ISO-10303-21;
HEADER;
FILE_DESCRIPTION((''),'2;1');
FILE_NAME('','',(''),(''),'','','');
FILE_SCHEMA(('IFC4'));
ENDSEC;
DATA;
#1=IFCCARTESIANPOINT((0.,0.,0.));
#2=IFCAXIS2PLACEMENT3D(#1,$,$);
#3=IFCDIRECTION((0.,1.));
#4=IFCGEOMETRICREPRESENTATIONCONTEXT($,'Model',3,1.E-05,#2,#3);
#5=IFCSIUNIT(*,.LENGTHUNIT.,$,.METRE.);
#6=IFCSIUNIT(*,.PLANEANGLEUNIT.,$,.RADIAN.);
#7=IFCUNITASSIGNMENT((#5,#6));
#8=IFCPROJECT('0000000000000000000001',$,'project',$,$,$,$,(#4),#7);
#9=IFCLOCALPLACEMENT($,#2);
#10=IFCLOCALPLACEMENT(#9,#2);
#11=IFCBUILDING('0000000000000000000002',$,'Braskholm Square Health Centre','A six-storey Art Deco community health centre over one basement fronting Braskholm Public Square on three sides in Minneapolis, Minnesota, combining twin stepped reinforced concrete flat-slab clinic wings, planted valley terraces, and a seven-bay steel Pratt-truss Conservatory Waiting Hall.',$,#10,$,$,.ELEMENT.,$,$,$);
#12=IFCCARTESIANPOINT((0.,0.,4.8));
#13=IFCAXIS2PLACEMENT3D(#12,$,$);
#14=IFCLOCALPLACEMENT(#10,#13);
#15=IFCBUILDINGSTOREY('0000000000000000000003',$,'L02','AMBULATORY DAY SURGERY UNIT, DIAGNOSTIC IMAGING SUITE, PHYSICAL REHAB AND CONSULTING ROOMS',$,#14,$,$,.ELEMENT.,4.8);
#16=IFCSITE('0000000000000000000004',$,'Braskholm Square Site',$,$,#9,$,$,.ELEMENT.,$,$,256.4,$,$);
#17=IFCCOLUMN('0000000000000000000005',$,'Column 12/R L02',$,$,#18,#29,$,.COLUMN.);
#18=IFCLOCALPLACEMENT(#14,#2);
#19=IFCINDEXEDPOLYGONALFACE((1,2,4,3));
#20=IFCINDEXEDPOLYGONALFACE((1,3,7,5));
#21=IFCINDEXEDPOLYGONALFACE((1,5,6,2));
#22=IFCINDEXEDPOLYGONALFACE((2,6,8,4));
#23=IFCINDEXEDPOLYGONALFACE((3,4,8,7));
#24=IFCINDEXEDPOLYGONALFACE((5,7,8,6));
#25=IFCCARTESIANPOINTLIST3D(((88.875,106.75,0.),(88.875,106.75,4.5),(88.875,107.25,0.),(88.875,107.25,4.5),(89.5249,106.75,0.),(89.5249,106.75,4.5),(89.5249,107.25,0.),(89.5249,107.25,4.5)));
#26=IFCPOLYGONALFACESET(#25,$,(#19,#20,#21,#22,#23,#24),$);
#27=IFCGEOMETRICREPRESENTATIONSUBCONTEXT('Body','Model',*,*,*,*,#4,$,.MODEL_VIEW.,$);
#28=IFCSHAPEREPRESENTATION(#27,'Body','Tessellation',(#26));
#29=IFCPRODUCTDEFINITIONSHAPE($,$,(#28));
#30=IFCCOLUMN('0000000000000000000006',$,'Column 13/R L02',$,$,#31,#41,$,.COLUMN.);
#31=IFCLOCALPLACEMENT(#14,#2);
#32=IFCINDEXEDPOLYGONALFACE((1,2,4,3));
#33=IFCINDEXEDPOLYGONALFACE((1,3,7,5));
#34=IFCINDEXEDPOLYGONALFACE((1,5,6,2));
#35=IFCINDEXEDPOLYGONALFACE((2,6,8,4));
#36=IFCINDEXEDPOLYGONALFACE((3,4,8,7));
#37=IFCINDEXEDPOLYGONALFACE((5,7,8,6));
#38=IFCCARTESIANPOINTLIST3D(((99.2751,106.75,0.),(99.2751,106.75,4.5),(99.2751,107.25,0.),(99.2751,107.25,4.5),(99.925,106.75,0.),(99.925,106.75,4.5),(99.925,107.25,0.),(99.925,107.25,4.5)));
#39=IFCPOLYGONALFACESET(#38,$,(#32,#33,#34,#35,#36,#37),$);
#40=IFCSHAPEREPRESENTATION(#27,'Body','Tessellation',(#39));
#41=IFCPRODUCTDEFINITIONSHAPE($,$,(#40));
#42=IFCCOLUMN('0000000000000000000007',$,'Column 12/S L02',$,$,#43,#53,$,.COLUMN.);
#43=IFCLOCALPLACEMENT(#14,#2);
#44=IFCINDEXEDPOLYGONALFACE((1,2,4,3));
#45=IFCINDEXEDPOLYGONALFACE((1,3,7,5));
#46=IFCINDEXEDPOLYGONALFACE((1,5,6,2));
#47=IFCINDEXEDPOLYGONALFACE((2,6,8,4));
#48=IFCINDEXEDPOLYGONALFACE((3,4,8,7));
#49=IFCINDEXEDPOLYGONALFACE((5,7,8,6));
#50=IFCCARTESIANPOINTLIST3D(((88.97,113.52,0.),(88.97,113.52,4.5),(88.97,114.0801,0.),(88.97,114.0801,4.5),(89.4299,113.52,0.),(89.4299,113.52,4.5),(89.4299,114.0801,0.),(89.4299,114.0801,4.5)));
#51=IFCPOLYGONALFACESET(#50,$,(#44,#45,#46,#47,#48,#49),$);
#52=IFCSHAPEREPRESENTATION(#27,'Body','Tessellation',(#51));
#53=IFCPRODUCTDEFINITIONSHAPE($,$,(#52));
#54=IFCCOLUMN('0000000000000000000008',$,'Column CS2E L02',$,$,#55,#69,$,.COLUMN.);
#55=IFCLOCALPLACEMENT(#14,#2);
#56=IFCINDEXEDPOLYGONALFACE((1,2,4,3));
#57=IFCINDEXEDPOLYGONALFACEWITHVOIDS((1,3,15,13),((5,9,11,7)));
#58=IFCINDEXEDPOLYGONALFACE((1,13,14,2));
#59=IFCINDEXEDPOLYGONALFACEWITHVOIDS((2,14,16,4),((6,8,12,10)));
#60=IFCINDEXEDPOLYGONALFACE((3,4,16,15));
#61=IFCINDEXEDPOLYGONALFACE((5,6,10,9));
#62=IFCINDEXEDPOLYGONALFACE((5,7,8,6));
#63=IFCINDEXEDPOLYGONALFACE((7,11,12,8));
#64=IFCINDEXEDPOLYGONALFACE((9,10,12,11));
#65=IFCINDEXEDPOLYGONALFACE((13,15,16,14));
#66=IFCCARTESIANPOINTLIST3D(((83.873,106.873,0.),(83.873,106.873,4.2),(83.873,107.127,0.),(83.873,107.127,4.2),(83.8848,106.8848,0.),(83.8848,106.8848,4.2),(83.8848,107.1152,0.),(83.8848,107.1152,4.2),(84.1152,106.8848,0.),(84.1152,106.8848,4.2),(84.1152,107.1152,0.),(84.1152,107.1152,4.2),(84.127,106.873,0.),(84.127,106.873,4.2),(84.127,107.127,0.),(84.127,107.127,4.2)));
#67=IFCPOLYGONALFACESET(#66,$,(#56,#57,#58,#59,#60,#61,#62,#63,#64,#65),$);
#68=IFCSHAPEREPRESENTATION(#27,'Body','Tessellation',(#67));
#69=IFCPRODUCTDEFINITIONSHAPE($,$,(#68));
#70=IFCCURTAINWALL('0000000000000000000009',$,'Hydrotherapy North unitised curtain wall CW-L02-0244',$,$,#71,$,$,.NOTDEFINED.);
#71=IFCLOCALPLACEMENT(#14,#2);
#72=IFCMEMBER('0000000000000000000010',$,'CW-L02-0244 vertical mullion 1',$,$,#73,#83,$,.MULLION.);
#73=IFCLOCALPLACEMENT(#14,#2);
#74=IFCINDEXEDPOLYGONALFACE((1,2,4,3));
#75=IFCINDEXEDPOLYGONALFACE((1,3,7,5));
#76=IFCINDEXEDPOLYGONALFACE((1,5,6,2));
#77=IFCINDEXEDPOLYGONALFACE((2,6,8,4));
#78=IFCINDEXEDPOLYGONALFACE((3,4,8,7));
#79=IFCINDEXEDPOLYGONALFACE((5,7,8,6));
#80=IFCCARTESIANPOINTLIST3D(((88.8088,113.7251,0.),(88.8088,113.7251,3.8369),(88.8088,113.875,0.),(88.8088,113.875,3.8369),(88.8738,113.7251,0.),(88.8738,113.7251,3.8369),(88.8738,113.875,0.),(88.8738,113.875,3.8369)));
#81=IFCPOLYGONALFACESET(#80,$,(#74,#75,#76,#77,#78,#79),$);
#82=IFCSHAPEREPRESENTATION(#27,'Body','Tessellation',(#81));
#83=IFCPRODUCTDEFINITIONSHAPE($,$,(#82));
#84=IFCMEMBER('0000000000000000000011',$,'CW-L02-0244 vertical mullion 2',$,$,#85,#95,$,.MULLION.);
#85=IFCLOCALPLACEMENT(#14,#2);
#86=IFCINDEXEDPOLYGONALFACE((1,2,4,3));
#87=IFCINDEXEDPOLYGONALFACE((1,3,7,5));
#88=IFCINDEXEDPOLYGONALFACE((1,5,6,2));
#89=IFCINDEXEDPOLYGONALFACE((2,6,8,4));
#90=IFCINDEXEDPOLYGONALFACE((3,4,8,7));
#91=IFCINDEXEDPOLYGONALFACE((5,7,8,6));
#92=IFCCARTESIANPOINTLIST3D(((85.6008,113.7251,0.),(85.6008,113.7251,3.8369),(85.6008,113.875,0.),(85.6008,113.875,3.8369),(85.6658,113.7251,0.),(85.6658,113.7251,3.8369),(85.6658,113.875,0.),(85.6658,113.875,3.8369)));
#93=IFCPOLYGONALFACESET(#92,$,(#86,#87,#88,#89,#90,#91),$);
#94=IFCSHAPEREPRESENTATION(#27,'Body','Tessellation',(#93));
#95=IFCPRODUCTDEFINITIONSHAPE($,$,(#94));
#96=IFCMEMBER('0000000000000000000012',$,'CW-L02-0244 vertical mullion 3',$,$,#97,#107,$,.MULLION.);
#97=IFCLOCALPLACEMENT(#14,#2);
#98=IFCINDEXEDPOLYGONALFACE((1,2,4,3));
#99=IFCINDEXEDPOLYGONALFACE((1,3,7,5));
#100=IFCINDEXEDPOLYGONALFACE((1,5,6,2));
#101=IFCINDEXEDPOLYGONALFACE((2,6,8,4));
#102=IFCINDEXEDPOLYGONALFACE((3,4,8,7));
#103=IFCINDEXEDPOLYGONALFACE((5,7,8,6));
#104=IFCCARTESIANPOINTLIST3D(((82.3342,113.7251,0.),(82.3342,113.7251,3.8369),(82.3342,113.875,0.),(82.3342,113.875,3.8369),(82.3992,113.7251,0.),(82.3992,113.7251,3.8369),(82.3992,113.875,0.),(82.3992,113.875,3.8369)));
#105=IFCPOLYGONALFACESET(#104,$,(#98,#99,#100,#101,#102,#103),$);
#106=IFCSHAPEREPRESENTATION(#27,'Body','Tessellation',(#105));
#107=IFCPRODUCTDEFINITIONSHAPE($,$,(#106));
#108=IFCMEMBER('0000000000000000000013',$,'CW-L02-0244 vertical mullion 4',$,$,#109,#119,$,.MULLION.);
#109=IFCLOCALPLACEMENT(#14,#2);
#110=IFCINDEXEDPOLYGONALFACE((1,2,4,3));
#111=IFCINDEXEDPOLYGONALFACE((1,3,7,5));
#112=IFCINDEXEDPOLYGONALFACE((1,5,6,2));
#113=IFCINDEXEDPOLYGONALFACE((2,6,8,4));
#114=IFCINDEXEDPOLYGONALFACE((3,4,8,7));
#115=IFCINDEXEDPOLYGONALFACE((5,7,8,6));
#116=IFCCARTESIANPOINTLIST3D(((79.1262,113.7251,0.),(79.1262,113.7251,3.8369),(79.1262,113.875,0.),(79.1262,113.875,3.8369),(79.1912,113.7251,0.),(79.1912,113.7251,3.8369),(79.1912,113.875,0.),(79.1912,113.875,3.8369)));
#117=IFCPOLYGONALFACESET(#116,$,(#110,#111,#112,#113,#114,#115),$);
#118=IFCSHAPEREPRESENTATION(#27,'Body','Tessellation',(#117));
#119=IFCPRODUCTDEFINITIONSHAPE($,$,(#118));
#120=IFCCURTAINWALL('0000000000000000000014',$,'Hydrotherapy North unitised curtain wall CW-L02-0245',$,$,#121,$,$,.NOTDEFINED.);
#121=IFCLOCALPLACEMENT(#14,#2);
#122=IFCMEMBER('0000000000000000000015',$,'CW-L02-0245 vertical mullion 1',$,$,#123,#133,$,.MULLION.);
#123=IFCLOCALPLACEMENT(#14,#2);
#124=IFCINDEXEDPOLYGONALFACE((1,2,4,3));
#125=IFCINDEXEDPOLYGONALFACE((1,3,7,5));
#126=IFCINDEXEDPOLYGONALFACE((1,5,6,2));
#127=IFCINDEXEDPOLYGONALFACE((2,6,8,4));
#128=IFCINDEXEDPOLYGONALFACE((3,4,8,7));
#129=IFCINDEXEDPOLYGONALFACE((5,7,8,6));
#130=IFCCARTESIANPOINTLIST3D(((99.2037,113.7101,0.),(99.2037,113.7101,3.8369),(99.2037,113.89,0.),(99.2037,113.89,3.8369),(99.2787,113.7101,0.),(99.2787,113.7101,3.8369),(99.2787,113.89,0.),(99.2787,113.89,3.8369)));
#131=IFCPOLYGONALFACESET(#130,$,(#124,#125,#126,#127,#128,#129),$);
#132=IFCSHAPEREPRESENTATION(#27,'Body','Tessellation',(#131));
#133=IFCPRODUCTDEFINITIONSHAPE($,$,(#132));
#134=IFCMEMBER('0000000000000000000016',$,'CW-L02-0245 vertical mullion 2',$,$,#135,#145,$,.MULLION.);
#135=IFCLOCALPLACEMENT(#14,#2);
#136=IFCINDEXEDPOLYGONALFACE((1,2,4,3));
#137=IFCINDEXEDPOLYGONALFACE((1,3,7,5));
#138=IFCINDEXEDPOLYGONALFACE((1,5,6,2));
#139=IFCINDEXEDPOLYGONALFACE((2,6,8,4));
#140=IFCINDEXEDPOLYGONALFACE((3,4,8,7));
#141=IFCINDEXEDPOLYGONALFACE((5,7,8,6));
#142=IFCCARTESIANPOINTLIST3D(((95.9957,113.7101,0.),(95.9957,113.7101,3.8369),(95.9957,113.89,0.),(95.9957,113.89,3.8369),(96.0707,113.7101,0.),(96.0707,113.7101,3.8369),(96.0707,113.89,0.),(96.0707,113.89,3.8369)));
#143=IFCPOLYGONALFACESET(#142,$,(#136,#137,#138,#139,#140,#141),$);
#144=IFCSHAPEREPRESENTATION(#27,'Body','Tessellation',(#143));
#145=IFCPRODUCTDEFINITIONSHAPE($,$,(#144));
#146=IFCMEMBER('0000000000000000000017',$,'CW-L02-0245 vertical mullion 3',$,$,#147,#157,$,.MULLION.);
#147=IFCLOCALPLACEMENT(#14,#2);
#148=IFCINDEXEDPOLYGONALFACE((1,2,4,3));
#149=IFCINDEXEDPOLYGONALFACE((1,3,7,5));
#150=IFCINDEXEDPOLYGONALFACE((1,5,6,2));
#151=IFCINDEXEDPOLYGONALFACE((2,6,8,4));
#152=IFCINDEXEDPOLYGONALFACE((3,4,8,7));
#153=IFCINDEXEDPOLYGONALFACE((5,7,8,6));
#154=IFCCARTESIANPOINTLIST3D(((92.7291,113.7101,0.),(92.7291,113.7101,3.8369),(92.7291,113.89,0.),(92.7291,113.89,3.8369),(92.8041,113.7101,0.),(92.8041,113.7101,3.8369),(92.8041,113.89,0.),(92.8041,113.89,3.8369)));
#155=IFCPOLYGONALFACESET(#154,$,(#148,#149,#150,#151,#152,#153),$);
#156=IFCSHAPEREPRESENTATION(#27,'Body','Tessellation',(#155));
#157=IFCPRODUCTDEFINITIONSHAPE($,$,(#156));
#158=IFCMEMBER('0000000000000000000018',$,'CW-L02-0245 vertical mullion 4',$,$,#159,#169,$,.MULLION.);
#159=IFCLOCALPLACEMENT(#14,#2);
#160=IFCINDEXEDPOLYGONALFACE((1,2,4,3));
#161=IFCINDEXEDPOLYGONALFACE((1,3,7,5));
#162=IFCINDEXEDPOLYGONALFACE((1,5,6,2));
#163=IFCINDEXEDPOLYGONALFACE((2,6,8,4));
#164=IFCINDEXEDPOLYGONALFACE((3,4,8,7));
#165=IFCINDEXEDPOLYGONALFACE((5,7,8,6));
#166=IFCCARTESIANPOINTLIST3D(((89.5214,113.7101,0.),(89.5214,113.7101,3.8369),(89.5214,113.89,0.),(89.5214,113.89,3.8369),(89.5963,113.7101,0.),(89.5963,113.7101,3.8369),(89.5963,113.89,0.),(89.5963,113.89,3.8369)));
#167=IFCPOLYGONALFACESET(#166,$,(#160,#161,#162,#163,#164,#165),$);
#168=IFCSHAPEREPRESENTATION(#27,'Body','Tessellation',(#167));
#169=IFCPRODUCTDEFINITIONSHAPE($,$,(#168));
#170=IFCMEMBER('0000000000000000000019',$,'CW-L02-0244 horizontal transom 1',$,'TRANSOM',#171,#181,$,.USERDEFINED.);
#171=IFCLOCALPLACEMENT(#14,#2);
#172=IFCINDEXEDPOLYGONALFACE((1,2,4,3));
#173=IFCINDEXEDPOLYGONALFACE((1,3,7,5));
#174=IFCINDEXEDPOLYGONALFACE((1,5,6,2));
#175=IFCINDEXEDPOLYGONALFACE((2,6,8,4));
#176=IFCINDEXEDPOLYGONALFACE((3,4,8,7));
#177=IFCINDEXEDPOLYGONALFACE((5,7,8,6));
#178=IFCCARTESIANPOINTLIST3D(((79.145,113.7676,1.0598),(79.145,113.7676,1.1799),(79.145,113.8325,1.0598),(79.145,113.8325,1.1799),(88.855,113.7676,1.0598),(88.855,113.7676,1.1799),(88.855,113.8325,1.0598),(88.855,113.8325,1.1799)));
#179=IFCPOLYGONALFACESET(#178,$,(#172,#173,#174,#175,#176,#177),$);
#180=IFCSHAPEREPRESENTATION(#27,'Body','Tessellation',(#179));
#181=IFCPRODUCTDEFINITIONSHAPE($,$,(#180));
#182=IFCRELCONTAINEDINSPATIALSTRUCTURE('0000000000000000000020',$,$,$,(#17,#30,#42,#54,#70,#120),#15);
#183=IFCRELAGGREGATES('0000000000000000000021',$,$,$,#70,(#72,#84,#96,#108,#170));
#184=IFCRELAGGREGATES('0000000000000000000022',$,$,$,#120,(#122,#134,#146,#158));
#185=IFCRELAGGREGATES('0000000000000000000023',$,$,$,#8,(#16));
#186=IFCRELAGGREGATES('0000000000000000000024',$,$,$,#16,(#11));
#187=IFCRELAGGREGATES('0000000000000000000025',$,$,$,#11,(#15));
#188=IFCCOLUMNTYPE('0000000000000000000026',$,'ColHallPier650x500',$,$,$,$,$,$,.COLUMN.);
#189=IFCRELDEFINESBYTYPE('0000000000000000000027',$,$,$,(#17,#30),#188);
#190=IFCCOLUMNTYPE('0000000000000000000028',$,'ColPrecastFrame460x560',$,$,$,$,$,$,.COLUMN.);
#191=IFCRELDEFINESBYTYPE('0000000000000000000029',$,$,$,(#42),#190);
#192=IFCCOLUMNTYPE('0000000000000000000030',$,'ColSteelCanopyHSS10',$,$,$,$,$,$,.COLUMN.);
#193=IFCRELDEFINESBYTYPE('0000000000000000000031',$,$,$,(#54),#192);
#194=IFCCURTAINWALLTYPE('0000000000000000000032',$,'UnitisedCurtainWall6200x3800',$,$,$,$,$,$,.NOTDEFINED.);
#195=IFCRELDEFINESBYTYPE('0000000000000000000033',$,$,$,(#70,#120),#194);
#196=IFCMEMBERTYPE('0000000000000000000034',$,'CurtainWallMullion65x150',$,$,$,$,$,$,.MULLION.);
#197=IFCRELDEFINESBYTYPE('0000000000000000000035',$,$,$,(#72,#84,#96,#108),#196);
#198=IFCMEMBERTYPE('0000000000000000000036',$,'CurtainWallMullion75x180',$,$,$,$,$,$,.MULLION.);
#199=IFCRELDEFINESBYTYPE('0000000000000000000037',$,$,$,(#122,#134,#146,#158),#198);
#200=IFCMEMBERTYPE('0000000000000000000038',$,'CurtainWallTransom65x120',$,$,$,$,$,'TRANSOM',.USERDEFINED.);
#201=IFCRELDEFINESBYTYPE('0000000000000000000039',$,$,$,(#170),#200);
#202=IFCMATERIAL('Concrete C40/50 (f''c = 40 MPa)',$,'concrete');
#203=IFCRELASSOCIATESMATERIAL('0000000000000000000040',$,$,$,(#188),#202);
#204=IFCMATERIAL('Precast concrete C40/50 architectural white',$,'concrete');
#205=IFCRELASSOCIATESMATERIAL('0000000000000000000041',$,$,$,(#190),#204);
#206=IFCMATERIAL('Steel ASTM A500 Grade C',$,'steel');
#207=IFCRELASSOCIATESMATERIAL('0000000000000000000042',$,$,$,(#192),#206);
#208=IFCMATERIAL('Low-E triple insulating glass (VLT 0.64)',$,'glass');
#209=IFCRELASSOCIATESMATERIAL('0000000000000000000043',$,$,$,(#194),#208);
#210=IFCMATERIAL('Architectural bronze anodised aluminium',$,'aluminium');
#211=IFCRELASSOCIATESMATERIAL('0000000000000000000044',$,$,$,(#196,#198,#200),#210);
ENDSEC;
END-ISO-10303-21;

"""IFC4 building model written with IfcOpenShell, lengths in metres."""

from ifc_helpers import new_model, si_unit, direction, frame, origin, origin_2d, place, context, subcontext, project, spatial, rectangle, hollow_rectangle, extrude, material, material_profile, profile_set, type_object, element, aggregate, save


model = new_model("IFC4")

# Units and contexts
model_context = context("Model", 3, precision=1e-05, world=origin(), true_north=direction((0.0, 1.0)))
body_context = subcontext(model_context, "Body", "Model", "MODEL_VIEW")
ifc_project = project(units=[si_unit("LENGTHUNIT", "METRE"), si_unit("PLANEANGLEUNIT", "RADIAN")], contexts=[model_context])

# Site, building, storey
site_placement = place(None, origin())
site = spatial("IfcSite", under=ifc_project, at=site_placement, Name="Braskholm Square Site", CompositionType="ELEMENT", RefElevation=256.4)
building_placement = place(site_placement, origin())
building = spatial("IfcBuilding", under=site, at=building_placement, Name="Braskholm Square Health Centre", Description="A six-storey Art Deco community health centre over one basement fronting Braskholm Public Square on three sides in Minneapolis, Minnesota, combining twin stepped reinforced concrete flat-slab clinic wings, planted valley terraces, and a seven-bay steel Pratt-truss Conservatory Waiting Hall.", CompositionType="ELEMENT")
storey_placement = place(building_placement, frame((0.0, 0.0, 4.8)))
storey = spatial("IfcBuildingStorey", under=building, at=storey_placement, Name="L02", Description="AMBULATORY DAY SURGERY UNIT, DIAGNOSTIC IMAGING SUITE, PHYSICAL REHAB AND CONSULTING ROOMS", CompositionType="ELEMENT", Elevation=4.8)

# Columns
ifc_material_1 = material(Name="Concrete C40/50 (f'c = 40 MPa)", Category="concrete")
ifc_material_profile_1 = material_profile(ifc_material_1, rectangle(XDim=0.6499, YDim=0.5, at=origin_2d()), Name="RC-650X500")
ifc_profile_set_1 = profile_set([ifc_material_profile_1], Name="Concrete C40/50 (f'c = 40 MPa)")
column_type_1 = type_object("IfcColumnType", Name="ColHallPier650x500", PredefinedType="COLUMN", material=ifc_profile_set_1)
for number, where, z_axis, x_axis, name in (
    (1, (89.2, 107.0, 0.0), (0.0, 0.0, 1.0), (1.0, 0.0, 0.0), "Column 12/R L02"),
    (2, (99.6001, 107.0, 0.0), (0.0, 0.0, 1.0), (1.0, 0.0, 0.0), "Column 13/R L02"),
):
    element("IfcColumn", number, at=place(storey_placement, frame(where, z_axis=z_axis, x_axis=x_axis)), inside=storey, type_object=column_type_1, Name=name, PredefinedType="COLUMN", context=body_context, shape_type="SweptSolid", body=[
        extrude(rectangle(XDim=0.6499, YDim=0.5, at=origin_2d()), origin(), (0.0, 0.0, 1.0), 4.5),
    ])
ifc_material_2 = material(Name="Precast concrete C40/50 architectural white", Category="concrete")
ifc_material_profile_2 = material_profile(ifc_material_2, rectangle(XDim=0.46, YDim=0.5601, at=origin_2d()), Name="RC-460X560")
ifc_profile_set_2 = profile_set([ifc_material_profile_2], Name="Precast concrete C40/50 architectural white")
column_type_2 = type_object("IfcColumnType", Name="ColPrecastFrame460x560", PredefinedType="COLUMN", material=ifc_profile_set_2)
column_1_placement = place(storey_placement, frame((89.2, 113.8, 0.0), z_axis=(0.0, 0.0, 1.0), x_axis=(1.0, 0.0, 0.0)))
element("IfcColumn", 3, at=column_1_placement, inside=storey, type_object=column_type_2, Name="Column 12/S L02", PredefinedType="COLUMN", context=body_context, shape_type="SweptSolid", body=[
    extrude(rectangle(XDim=0.46, YDim=0.5601, at=origin_2d()), origin(), (0.0, 0.0, 1.0), 4.5),
])
ifc_material_3 = material(Name="Steel ASTM A500 Grade C", Category="steel")
ifc_material_profile_3 = material_profile(ifc_material_3, hollow_rectangle(XDim=0.2539, YDim=0.2539, WallThickness=0.0117, at=origin_2d()), Name="HSS10X10X1/2")
ifc_profile_set_3 = profile_set([ifc_material_profile_3], Name="Steel ASTM A500 Grade C")
column_type_3 = type_object("IfcColumnType", Name="ColSteelCanopyHSS10", PredefinedType="COLUMN", material=ifc_profile_set_3)
column_2_placement = place(storey_placement, frame((84.0, 107.0, 0.0), z_axis=(0.0, 0.0, 1.0), x_axis=(1.0, 0.0, 0.0)))
element("IfcColumn", 4, at=column_2_placement, inside=storey, type_object=column_type_3, Name="Column CS2E L02", PredefinedType="COLUMN", context=body_context, shape_type="SweptSolid", body=[
    extrude(hollow_rectangle(XDim=0.2539, YDim=0.2539, WallThickness=0.0117, at=origin_2d()), origin(), (0.0, 0.0, 1.0), 4.2),
])

# Curtain walls, members
ifc_material_4 = material(Name="Low-E triple insulating glass (VLT 0.64)", Category="glass")
curtain_wall_type = type_object("IfcCurtainWallType", Name="UnitisedCurtainWall6200x3800", PredefinedType="NOTDEFINED", material=ifc_material_4)
curtain_wall_1_placement = place(storey_placement, origin())
curtain_wall_1 = element("IfcCurtainWall", 5, at=curtain_wall_1_placement, inside=storey, type_object=curtain_wall_type, Name="Hydrotherapy North unitised curtain wall CW-L02-0244", PredefinedType="NOTDEFINED")
ifc_material_5 = material(Name="Architectural bronze anodised aluminium", Category="aluminium")
ifc_material_profile_4 = material_profile(ifc_material_5, rectangle(XDim=0.0649, YDim=0.1499, at=origin_2d()), Name="ALU-65X150")
ifc_profile_set_4 = profile_set([ifc_material_profile_4], Name="Architectural bronze anodised aluminium")
member_type_1 = type_object("IfcMemberType", Name="CurtainWallMullion65x150", PredefinedType="MULLION", material=ifc_profile_set_4)
member_1_placement = place(storey_placement, frame((88.8413, 113.8, 0.0), z_axis=(0.0, 0.0, 1.0), x_axis=(1.0, 0.0, 0.0)))
member_1 = element("IfcMember", 6, at=member_1_placement, type_object=member_type_1, Name="CW-L02-0244 vertical mullion 1", PredefinedType="MULLION", context=body_context, shape_type="SweptSolid", body=[
    extrude(rectangle(XDim=0.0649, YDim=0.1499, at=origin_2d()), origin(), (0.0, 0.0, 1.0), 3.8369),
])
member_2_placement = place(storey_placement, frame((85.6333, 113.8, 0.0), z_axis=(0.0, 0.0, 1.0), x_axis=(1.0, 0.0, 0.0)))
member_2 = element("IfcMember", 7, at=member_2_placement, type_object=member_type_1, Name="CW-L02-0244 vertical mullion 2", PredefinedType="MULLION", context=body_context, shape_type="SweptSolid", body=[
    extrude(rectangle(XDim=0.0649, YDim=0.1499, at=origin_2d()), origin(), (0.0, 0.0, 1.0), 3.8369),
])
member_3_placement = place(storey_placement, frame((82.3667, 113.8, 0.0), z_axis=(0.0, 0.0, 1.0), x_axis=(1.0, 0.0, 0.0)))
member_3 = element("IfcMember", 8, at=member_3_placement, type_object=member_type_1, Name="CW-L02-0244 vertical mullion 3", PredefinedType="MULLION", context=body_context, shape_type="SweptSolid", body=[
    extrude(rectangle(XDim=0.0649, YDim=0.1499, at=origin_2d()), origin(), (0.0, 0.0, 1.0), 3.8369),
])
member_4_placement = place(storey_placement, frame((79.1587, 113.8, 0.0), z_axis=(0.0, 0.0, 1.0), x_axis=(1.0, 0.0, 0.0)))
member_4 = element("IfcMember", 9, at=member_4_placement, type_object=member_type_1, Name="CW-L02-0244 vertical mullion 4", PredefinedType="MULLION", context=body_context, shape_type="SweptSolid", body=[
    extrude(rectangle(XDim=0.0649, YDim=0.1499, at=origin_2d()), origin(), (0.0, 0.0, 1.0), 3.8369),
])
curtain_wall_2_placement = place(storey_placement, origin())
curtain_wall_2 = element("IfcCurtainWall", 10, at=curtain_wall_2_placement, inside=storey, type_object=curtain_wall_type, Name="Hydrotherapy North unitised curtain wall CW-L02-0245", PredefinedType="NOTDEFINED")
ifc_material_profile_5 = material_profile(ifc_material_5, rectangle(XDim=0.075, YDim=0.1799, at=origin_2d()), Name="ALU-75X180")
ifc_profile_set_5 = profile_set([ifc_material_profile_5], Name="Architectural bronze anodised aluminium")
member_type_2 = type_object("IfcMemberType", Name="CurtainWallMullion75x180", PredefinedType="MULLION", material=ifc_profile_set_5)
member_5_placement = place(storey_placement, frame((99.2412, 113.8, 0.0), z_axis=(0.0, 0.0, 1.0), x_axis=(1.0, 0.0, 0.0)))
member_5 = element("IfcMember", 11, at=member_5_placement, type_object=member_type_2, Name="CW-L02-0245 vertical mullion 1", PredefinedType="MULLION", context=body_context, shape_type="SweptSolid", body=[
    extrude(rectangle(XDim=0.075, YDim=0.1799, at=origin_2d()), origin(), (0.0, 0.0, 1.0), 3.8369),
])
member_6_placement = place(storey_placement, frame((96.0332, 113.8, 0.0), z_axis=(0.0, 0.0, 1.0), x_axis=(1.0, 0.0, 0.0)))
member_6 = element("IfcMember", 12, at=member_6_placement, type_object=member_type_2, Name="CW-L02-0245 vertical mullion 2", PredefinedType="MULLION", context=body_context, shape_type="SweptSolid", body=[
    extrude(rectangle(XDim=0.075, YDim=0.1799, at=origin_2d()), origin(), (0.0, 0.0, 1.0), 3.8369),
])
member_7_placement = place(storey_placement, frame((92.7666, 113.8, 0.0), z_axis=(0.0, 0.0, 1.0), x_axis=(1.0, 0.0, 0.0)))
member_7 = element("IfcMember", 13, at=member_7_placement, type_object=member_type_2, Name="CW-L02-0245 vertical mullion 3", PredefinedType="MULLION", context=body_context, shape_type="SweptSolid", body=[
    extrude(rectangle(XDim=0.075, YDim=0.1799, at=origin_2d()), origin(), (0.0, 0.0, 1.0), 3.8369),
])
member_8_placement = place(storey_placement, frame((89.5588, 113.8, 0.0), z_axis=(0.0, 0.0, 1.0), x_axis=(1.0, 0.0, 0.0)))
member_8 = element("IfcMember", 14, at=member_8_placement, type_object=member_type_2, Name="CW-L02-0245 vertical mullion 4", PredefinedType="MULLION", context=body_context, shape_type="SweptSolid", body=[
    extrude(rectangle(XDim=0.075, YDim=0.1799, at=origin_2d()), origin(), (0.0, 0.0, 1.0), 3.8369),
])

# Member
ifc_material_profile_6 = material_profile(ifc_material_5, rectangle(XDim=0.0649, YDim=0.1201, at=origin_2d()), Name="ALU-65X120")
ifc_profile_set_6 = profile_set([ifc_material_profile_6], Name="Architectural bronze anodised aluminium")
member_type_3 = type_object("IfcMemberType", Name="CurtainWallTransom65x120", ElementType="TRANSOM", PredefinedType="USERDEFINED", material=ifc_profile_set_6)
member_9_placement = place(storey_placement, frame((88.855, 113.8, 1.1199), z_axis=(-1.0, 0.0, 0.0), x_axis=(0.0, -1.0, 0.0)))
member_9 = element("IfcMember", 15, at=member_9_placement, type_object=member_type_3, Name="CW-L02-0244 horizontal transom 1", ObjectType="TRANSOM", PredefinedType="USERDEFINED", context=body_context, shape_type="SweptSolid", body=[
    extrude(rectangle(XDim=0.0649, YDim=0.1201, at=origin_2d()), origin(), (0.0, 0.0, 1.0), 9.71),
])

aggregate(curtain_wall_1, [member_1, member_2, member_3, member_4, member_9])
aggregate(curtain_wall_2, [member_5, member_6, member_7, member_8])

save(model, "model.ifc")
